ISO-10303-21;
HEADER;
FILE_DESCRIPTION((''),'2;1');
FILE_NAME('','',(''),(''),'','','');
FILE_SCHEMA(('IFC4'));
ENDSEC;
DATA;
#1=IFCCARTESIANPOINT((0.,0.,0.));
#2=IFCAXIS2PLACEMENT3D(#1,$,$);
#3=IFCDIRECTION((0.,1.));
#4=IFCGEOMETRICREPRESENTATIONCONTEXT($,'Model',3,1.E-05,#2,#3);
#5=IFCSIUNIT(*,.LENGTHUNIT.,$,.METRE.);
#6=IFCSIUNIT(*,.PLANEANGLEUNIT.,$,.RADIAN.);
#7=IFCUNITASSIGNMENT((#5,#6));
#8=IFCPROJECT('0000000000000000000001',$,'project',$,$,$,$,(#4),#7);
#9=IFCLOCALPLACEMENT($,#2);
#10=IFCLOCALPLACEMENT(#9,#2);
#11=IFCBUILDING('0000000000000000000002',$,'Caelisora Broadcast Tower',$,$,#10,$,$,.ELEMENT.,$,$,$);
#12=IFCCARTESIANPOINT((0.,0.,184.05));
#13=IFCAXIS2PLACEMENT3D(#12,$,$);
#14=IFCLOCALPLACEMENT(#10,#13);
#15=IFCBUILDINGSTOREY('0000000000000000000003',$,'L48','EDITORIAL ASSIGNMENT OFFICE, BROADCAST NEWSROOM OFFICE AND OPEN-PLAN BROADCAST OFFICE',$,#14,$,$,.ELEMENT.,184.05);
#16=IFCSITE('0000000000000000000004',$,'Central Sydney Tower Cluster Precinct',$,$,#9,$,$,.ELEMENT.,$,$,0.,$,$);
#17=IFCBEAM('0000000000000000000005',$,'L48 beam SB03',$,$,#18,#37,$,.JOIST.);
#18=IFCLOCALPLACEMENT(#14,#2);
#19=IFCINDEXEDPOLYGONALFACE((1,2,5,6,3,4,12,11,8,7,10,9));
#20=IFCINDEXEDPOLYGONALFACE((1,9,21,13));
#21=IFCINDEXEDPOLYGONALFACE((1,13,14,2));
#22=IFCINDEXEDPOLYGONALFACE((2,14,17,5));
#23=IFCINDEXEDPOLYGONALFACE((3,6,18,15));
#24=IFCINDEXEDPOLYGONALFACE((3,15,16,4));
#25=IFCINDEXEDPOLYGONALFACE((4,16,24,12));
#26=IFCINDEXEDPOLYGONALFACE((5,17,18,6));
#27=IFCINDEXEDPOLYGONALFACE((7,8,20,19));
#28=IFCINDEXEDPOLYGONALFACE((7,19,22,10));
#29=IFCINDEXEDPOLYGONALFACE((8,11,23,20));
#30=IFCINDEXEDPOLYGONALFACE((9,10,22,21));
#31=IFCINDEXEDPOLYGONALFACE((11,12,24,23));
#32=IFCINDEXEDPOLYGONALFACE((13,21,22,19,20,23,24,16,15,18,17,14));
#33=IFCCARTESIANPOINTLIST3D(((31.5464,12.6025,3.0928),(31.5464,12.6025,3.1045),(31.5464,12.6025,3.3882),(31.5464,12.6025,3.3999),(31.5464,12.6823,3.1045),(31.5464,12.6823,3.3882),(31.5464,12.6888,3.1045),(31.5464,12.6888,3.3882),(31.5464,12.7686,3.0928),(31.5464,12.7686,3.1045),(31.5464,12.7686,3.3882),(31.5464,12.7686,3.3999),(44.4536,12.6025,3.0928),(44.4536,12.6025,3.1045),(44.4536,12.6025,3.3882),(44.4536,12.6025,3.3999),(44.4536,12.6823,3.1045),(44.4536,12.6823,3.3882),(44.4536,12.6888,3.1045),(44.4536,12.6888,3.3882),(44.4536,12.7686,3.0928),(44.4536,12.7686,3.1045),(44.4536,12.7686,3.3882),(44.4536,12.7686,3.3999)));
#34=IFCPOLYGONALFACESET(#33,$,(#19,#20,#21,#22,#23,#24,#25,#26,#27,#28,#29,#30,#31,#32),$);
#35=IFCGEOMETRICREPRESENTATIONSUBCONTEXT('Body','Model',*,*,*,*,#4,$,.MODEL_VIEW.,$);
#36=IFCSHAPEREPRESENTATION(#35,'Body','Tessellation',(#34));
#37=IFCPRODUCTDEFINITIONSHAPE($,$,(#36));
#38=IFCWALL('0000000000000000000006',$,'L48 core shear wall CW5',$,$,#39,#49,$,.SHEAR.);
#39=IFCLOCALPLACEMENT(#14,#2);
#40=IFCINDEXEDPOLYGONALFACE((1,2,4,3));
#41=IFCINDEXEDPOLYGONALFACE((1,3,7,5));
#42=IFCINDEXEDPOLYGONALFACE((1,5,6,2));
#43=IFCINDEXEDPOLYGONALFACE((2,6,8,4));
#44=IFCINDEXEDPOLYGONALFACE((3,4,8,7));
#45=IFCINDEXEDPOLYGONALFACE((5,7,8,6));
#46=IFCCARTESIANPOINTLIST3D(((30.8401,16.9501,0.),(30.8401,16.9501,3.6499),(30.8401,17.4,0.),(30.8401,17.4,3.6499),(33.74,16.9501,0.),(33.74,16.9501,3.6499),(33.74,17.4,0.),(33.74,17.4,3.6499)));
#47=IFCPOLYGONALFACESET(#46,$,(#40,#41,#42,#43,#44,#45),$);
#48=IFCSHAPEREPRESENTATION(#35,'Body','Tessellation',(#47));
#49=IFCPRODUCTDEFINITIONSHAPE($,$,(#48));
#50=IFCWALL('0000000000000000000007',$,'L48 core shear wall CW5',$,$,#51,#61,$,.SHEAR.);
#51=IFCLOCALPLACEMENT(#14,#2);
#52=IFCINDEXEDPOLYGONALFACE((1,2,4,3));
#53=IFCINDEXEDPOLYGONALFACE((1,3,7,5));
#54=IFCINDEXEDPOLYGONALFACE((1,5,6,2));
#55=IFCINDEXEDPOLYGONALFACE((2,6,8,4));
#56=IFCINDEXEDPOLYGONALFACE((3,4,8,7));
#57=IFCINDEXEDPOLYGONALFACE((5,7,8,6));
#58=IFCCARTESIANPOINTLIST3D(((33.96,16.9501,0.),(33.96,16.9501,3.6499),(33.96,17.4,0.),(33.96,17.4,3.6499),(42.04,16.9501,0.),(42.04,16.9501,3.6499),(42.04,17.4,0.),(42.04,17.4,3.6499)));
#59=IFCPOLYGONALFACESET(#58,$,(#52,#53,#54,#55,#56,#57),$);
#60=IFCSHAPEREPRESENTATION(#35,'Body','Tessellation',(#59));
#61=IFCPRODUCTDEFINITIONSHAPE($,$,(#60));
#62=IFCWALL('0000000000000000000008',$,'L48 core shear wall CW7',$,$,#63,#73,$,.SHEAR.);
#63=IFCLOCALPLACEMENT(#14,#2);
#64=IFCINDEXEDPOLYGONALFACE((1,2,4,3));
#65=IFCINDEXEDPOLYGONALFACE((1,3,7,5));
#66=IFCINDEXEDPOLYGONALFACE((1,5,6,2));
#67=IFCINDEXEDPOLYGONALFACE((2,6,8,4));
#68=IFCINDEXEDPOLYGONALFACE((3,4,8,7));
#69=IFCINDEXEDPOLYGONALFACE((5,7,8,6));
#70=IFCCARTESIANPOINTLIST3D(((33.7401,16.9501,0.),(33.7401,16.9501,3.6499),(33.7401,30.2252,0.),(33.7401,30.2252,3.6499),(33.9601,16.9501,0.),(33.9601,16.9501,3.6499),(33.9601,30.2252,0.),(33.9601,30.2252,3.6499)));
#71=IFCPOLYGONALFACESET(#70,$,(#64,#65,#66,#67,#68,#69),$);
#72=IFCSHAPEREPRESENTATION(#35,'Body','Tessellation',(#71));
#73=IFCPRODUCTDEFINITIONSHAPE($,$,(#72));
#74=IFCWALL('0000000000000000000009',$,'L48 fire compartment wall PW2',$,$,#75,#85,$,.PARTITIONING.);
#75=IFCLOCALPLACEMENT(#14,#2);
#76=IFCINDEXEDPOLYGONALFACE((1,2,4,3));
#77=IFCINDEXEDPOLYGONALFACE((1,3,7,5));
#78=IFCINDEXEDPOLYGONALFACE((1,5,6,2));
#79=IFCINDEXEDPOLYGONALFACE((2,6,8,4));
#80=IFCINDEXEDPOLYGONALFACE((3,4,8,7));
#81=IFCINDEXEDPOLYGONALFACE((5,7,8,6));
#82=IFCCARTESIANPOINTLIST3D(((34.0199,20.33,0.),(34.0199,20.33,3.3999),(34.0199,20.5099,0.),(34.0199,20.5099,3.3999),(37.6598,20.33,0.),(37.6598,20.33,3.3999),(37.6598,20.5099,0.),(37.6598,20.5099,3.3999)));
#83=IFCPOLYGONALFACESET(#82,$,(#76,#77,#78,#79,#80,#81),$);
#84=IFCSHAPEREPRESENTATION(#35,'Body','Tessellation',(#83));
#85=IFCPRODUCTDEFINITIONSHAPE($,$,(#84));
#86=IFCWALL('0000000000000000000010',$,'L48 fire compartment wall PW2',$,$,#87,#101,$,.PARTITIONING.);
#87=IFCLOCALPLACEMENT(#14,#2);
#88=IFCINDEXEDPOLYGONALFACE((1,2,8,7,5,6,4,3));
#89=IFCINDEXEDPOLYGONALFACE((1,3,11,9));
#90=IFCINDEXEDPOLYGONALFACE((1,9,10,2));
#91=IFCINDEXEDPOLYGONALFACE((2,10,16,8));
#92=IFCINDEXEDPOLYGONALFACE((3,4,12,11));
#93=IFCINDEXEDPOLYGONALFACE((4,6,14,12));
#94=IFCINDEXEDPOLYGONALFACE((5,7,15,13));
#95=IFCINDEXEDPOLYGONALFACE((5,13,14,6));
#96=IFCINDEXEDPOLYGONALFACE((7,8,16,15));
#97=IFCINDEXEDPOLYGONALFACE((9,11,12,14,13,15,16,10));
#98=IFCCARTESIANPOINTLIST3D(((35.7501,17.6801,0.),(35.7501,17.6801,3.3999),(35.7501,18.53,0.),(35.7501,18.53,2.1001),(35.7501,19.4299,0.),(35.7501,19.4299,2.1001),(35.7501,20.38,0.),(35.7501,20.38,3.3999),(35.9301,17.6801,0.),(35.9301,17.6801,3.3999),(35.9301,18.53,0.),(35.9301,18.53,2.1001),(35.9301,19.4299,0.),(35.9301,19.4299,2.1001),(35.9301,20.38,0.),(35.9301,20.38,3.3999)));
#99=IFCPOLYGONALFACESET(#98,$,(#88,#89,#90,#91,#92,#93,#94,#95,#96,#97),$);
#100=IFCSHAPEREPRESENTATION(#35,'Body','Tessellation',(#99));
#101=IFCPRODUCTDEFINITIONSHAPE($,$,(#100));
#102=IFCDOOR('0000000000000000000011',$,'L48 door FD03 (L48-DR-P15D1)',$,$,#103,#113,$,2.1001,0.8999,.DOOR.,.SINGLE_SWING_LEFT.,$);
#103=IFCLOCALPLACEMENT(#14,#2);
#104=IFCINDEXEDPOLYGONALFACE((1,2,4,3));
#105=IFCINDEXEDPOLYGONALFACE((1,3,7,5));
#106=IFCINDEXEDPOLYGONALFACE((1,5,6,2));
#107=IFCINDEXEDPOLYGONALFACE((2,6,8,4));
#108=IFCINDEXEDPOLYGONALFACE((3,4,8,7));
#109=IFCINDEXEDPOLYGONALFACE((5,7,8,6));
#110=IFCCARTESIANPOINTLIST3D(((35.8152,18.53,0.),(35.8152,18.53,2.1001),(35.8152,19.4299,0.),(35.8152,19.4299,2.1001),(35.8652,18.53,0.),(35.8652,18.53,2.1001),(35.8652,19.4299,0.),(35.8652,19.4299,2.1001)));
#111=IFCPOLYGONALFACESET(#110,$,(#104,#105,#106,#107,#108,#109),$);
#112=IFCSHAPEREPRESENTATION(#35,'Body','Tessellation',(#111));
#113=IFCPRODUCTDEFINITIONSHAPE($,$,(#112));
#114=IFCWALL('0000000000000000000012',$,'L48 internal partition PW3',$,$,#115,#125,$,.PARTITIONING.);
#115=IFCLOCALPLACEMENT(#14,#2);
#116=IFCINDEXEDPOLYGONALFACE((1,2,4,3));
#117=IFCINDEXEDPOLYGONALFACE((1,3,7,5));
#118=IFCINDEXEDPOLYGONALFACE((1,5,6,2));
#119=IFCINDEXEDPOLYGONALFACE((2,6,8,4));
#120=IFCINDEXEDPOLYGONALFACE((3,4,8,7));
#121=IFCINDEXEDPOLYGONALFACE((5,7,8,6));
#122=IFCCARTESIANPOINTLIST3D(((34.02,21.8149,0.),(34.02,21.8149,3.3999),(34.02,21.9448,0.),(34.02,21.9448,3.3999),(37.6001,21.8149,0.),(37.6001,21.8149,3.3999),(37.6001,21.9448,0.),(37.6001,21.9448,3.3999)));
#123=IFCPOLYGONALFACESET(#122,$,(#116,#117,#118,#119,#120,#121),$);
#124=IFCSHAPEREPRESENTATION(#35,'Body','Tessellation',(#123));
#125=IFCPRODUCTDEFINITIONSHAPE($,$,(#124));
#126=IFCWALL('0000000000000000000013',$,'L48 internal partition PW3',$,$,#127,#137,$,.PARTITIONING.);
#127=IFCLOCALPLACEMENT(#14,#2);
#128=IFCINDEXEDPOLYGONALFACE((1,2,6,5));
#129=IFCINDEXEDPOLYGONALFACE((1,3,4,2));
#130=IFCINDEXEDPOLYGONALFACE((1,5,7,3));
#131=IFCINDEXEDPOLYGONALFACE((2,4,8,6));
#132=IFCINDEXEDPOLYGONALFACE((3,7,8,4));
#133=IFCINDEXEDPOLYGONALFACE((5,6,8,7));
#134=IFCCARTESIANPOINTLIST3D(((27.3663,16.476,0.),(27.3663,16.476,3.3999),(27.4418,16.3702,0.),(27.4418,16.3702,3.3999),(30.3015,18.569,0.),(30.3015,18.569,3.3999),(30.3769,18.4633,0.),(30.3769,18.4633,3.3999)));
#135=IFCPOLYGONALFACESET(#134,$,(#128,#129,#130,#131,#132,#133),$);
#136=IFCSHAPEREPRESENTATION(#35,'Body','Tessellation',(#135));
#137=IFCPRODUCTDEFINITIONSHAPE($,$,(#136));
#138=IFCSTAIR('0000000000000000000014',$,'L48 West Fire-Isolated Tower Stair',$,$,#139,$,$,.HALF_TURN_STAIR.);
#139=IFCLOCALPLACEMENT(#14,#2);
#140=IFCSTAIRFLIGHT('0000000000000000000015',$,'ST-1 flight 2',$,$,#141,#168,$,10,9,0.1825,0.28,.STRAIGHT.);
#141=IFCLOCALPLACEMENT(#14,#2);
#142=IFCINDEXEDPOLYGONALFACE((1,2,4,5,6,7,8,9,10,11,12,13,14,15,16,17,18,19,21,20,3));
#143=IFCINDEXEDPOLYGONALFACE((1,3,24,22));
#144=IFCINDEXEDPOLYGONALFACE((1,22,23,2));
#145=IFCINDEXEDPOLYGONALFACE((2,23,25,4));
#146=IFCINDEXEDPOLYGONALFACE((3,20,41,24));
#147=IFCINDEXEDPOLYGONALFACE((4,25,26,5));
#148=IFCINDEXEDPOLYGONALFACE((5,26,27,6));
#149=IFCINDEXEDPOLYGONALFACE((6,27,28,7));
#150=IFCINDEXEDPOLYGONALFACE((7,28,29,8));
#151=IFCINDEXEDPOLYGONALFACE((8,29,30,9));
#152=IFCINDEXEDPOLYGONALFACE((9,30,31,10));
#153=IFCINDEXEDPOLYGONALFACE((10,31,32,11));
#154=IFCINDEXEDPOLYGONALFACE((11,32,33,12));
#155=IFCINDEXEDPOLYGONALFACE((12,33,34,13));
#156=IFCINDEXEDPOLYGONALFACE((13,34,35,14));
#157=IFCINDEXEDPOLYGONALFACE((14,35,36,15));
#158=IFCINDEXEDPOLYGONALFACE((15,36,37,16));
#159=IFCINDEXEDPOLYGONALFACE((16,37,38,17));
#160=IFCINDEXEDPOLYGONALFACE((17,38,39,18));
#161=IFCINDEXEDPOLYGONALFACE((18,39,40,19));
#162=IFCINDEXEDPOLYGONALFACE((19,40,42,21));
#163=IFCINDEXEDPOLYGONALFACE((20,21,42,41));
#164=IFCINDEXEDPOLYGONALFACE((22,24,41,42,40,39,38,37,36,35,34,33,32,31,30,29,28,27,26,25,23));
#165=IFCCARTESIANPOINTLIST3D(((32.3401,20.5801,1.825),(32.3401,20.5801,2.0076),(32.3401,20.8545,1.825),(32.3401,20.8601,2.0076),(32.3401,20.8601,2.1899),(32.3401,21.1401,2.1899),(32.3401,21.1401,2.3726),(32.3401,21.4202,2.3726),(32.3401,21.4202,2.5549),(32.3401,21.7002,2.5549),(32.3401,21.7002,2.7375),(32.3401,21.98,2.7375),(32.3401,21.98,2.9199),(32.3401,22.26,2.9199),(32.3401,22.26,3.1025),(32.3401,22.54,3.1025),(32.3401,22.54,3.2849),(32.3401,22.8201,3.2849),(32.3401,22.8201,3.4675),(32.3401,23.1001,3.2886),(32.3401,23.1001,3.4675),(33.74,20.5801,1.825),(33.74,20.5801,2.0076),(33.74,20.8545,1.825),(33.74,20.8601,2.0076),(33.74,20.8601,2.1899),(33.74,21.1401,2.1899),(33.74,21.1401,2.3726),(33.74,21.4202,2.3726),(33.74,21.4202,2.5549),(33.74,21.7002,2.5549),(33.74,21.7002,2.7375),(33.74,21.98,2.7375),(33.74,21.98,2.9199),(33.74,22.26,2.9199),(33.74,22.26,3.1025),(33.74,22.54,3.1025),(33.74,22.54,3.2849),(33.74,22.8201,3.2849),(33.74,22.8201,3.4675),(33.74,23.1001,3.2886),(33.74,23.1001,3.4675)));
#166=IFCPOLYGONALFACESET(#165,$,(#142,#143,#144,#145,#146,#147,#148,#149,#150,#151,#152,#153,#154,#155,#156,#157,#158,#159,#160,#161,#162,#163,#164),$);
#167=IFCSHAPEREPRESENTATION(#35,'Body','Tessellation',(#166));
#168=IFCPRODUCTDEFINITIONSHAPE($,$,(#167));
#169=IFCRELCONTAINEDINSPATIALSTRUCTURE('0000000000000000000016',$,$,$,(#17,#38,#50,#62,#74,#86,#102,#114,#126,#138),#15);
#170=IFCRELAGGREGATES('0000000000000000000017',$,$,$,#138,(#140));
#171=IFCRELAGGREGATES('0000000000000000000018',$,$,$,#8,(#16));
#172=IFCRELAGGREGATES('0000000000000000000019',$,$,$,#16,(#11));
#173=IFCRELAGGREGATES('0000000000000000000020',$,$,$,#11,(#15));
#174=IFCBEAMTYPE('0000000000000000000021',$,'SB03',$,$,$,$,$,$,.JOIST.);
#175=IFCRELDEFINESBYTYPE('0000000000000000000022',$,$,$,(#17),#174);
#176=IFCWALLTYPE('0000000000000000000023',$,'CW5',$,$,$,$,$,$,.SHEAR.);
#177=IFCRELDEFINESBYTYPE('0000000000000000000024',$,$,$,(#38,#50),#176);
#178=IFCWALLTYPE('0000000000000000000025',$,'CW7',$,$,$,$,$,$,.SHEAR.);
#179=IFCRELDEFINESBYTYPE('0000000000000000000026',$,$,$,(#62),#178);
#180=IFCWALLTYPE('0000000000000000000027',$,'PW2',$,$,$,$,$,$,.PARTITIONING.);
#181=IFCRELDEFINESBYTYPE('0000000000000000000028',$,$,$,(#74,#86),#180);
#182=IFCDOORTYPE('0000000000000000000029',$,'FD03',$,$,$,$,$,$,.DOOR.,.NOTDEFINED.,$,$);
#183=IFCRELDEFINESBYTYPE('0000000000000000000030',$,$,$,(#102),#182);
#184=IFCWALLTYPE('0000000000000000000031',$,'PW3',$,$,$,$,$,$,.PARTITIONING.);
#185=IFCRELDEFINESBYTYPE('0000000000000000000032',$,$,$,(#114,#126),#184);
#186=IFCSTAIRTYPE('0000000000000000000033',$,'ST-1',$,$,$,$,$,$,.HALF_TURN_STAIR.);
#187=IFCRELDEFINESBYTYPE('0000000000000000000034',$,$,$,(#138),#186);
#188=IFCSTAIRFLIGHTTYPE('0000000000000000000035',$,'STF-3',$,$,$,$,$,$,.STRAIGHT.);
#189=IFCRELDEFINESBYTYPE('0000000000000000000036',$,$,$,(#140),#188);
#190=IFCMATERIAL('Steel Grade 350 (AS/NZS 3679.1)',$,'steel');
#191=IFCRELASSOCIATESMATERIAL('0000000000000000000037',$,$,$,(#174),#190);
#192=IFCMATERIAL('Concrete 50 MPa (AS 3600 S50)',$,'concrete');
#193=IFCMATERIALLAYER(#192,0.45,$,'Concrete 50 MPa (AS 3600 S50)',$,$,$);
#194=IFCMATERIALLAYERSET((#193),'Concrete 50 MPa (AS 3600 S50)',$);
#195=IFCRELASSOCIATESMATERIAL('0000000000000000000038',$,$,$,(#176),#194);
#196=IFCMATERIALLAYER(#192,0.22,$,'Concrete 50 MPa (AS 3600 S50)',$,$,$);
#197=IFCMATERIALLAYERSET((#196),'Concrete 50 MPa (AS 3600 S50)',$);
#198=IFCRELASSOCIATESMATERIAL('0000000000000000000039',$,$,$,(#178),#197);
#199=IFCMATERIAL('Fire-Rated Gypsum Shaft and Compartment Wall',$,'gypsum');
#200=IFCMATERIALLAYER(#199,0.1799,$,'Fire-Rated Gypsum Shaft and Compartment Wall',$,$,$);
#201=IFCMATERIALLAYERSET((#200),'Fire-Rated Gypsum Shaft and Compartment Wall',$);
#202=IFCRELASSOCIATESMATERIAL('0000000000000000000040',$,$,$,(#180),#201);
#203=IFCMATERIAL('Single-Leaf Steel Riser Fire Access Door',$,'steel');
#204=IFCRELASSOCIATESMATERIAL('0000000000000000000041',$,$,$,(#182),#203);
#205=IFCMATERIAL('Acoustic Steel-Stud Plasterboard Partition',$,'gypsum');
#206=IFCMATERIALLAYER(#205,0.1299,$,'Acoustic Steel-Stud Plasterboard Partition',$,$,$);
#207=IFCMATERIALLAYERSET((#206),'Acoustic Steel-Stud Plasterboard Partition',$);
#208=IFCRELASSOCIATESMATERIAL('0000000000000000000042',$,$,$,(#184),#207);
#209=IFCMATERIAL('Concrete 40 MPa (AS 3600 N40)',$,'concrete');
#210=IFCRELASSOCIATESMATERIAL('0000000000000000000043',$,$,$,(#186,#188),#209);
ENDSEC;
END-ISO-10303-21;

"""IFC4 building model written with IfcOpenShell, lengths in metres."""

from ifc_helpers import new_model, si_unit, direction, frame, frame_2d, origin, origin_2d, place, context, subcontext, project, spatial, polyline, rectangle, i_section, outline, extrude, source, transform, mapped, material, layer, layer_set, material_profile, profile_set, type_object, element, fill, aggregate, save


model = new_model("IFC4")

# Units and contexts
model_context = context("Model", 3, precision=1e-05, world=origin(), true_north=direction((0.0, 1.0)))
body_context = subcontext(model_context, "Body", "Model", "MODEL_VIEW")
ifc_project = project(units=[si_unit("LENGTHUNIT", "METRE"), si_unit("PLANEANGLEUNIT", "RADIAN")], contexts=[model_context])

# Site, building, storey
site_placement = place(None, origin())
site = spatial("IfcSite", under=ifc_project, at=site_placement, Name="Central Sydney Tower Cluster Precinct", CompositionType="ELEMENT", RefElevation=0.0)
building_placement = place(site_placement, origin())
building = spatial("IfcBuilding", under=site, at=building_placement, Name="Caelisora Broadcast Tower", CompositionType="ELEMENT")
storey_placement = place(building_placement, frame((0.0, 0.0, 184.05)))
storey = spatial("IfcBuildingStorey", under=building, at=storey_placement, Name="L48", Description="EDITORIAL ASSIGNMENT OFFICE, BROADCAST NEWSROOM OFFICE AND OPEN-PLAN BROADCAST OFFICE", CompositionType="ELEMENT", Elevation=184.05)

# Beam
ifc_material_1 = material(Name="Steel Grade 350 (AS/NZS 3679.1)", Category="steel")
ifc_material_profile_1 = material_profile(ifc_material_1, i_section(OverallWidth=0.166, OverallDepth=0.3071, WebThickness=0.0066, FlangeThickness=0.0117, at=origin_2d()), Name="Steel Grade 350 (AS/NZS 3679.1)")
ifc_profile_set_1 = profile_set([ifc_material_profile_1], Name="Steel Grade 350 (AS/NZS 3679.1)")
beam_type_1 = type_object("IfcBeamType", Name="SB03", PredefinedType="JOIST", material=ifc_profile_set_1)
shared_shape_1 = source(origin(), body_context, "Body", "SweptSolid", [
    extrude(i_section(OverallWidth=0.166, OverallDepth=0.3071, WebThickness=0.0066, FlangeThickness=0.0117, at=origin_2d()), origin(), (0.0, 0.0, 1.0), 12.9072),
])
beam_1_placement = place(storey_placement, frame((31.5464, 12.6855, 3.2463), z_axis=(1.0, 0.0, 0.0), x_axis=(0.0, 1.0, 0.0)))
element("IfcBeam", 1, at=beam_1_placement, inside=storey, type_object=beam_type_1, Name="L48 beam SB03", PredefinedType="JOIST", context=body_context, shape_type="MappedRepresentation", body=[
    mapped(shared_shape_1, transform((0.0, 0.0, 0.0), scale=1.0)),
])

# Shared definitions
ifc_material_2 = material(Name="Concrete 50 MPa (AS 3600 S50)", Category="concrete")

# Walls
ifc_layer_1 = layer(ifc_material_2, 0.45, Name="Concrete 50 MPa (AS 3600 S50)")
ifc_layer_set_1 = layer_set([ifc_layer_1], Name="Concrete 50 MPa (AS 3600 S50)")
wall_type_1 = type_object("IfcWallType", Name="CW5", PredefinedType="SHEAR", material=ifc_layer_set_1)
wall_1_placement = place(storey_placement, frame((30.8401, 17.175, 0.0), z_axis=(0.0, 0.0, 1.0), x_axis=(1.0, 0.0, 0.0)))
element("IfcWall", 2, at=wall_1_placement, inside=storey, type_object=wall_type_1, Name="L48 core shear wall CW5", PredefinedType="SHEAR", context=body_context, shape_type="SweptSolid", body=[
    extrude(rectangle(XDim=2.8999, YDim=0.45, at=frame_2d((1.45, 0.0))), origin(), (0.0, 0.0, 1.0), 3.6499),
])
wall_2_placement = place(storey_placement, frame((33.96, 17.175, 0.0), z_axis=(0.0, 0.0, 1.0), x_axis=(1.0, 0.0, 0.0)))
element("IfcWall", 3, at=wall_2_placement, inside=storey, type_object=wall_type_1, Name="L48 core shear wall CW5", PredefinedType="SHEAR", context=body_context, shape_type="SweptSolid", body=[
    extrude(rectangle(XDim=8.0801, YDim=0.45, at=frame_2d((4.04, 0.0))), origin(), (0.0, 0.0, 1.0), 3.6499),
])
ifc_layer_2 = layer(ifc_material_2, 0.22, Name="Concrete 50 MPa (AS 3600 S50)")
ifc_layer_set_2 = layer_set([ifc_layer_2], Name="Concrete 50 MPa (AS 3600 S50)")
wall_type_2 = type_object("IfcWallType", Name="CW7", PredefinedType="SHEAR", material=ifc_layer_set_2)
wall_3_placement = place(storey_placement, frame((33.8501, 16.95, 0.0), z_axis=(0.0, 0.0, 1.0), x_axis=(0.0, 1.0, 0.0)))
element("IfcWall", 4, at=wall_3_placement, inside=storey, type_object=wall_type_2, Name="L48 core shear wall CW7", PredefinedType="SHEAR", context=body_context, shape_type="SweptSolid", body=[
    extrude(rectangle(XDim=13.2751, YDim=0.22, at=frame_2d((6.6377, 0.0))), origin(), (0.0, 0.0, 1.0), 3.6499),
])
ifc_material_3 = material(Name="Fire-Rated Gypsum Shaft and Compartment Wall", Category="gypsum")
ifc_layer_3 = layer(ifc_material_3, 0.1799, Name="Fire-Rated Gypsum Shaft and Compartment Wall")
ifc_layer_set_3 = layer_set([ifc_layer_3], Name="Fire-Rated Gypsum Shaft and Compartment Wall")
wall_type_3 = type_object("IfcWallType", Name="PW2", PredefinedType="PARTITIONING", material=ifc_layer_set_3)
wall_4_placement = place(storey_placement, frame((34.02, 20.4199, 0.0), z_axis=(0.0, 0.0, 1.0), x_axis=(1.0, 0.0, 0.0)))
element("IfcWall", 5, at=wall_4_placement, inside=storey, type_object=wall_type_3, Name="L48 fire compartment wall PW2", PredefinedType="PARTITIONING", context=body_context, shape_type="SweptSolid", body=[
    extrude(rectangle(XDim=3.6399, YDim=0.1799, at=frame_2d((1.8198, 0.0))), origin(), (0.0, 0.0, 1.0), 3.3999),
])

# Wall, opening, door
wall_5_placement = place(storey_placement, frame((35.8401, 17.6799, 0.0), z_axis=(0.0, 0.0, 1.0), x_axis=(0.0, 1.0, 0.0)))
wall_5 = element("IfcWall", 6, at=wall_5_placement, inside=storey, type_object=wall_type_3, Name="L48 fire compartment wall PW2", PredefinedType="PARTITIONING", context=body_context, shape_type="SweptSolid", body=[
    extrude(rectangle(XDim=2.7, YDim=0.1799, at=frame_2d((1.3501, 0.0))), origin(), (0.0, 0.0, 1.0), 3.3999),
])
opening_1_placement = place(wall_5_placement, frame((0.8501, 0.0, 0.0)))
opening_1 = element("IfcOpeningElement", 7, at=opening_1_placement, cuts=wall_5, PredefinedType="OPENING", context=body_context, shape_type="SweptSolid", body=[
    extrude(rectangle(XDim=0.8999, YDim=2.1001, at=frame_2d((0.45, 1.05))), frame((0.0, 0.1021, 0.0), z_axis=(0.0, -1.0, 0.0), x_axis=(1.0, 0.0, 0.0)), (0.0, 0.0, 1.0), 0.2039),
])
ifc_material_4 = material(Name="Single-Leaf Steel Riser Fire Access Door", Category="steel")
door_type_1 = type_object("IfcDoorType", Name="FD03", OperationType="NOTDEFINED", PredefinedType="DOOR", material=ifc_material_4)
door_1_placement = place(opening_1_placement, origin())
door_1 = element("IfcDoor", 8, at=door_1_placement, inside=storey, type_object=door_type_1, Name="L48 door FD03 (L48-DR-P15D1)", OperationType="SINGLE_SWING_LEFT", OverallHeight=2.1001, OverallWidth=0.8999, PredefinedType="DOOR", context=body_context, shape_type="SweptSolid", body=[
    extrude(rectangle(XDim=0.8999, YDim=2.1001, at=frame_2d((0.45, 1.05))), frame((0.0, 0.0249, 0.0), z_axis=(0.0, -1.0, 0.0), x_axis=(1.0, 0.0, 0.0)), (0.0, 0.0, 1.0), 0.05),
])
fill(opening_1, door_1)

# Walls
ifc_material_5 = material(Name="Acoustic Steel-Stud Plasterboard Partition", Category="gypsum")
ifc_layer_4 = layer(ifc_material_5, 0.1299, Name="Acoustic Steel-Stud Plasterboard Partition")
ifc_layer_set_4 = layer_set([ifc_layer_4], Name="Acoustic Steel-Stud Plasterboard Partition")
wall_type_4 = type_object("IfcWallType", Name="PW3", PredefinedType="PARTITIONING", material=ifc_layer_set_4)
wall_6_placement = place(storey_placement, frame((34.02, 21.8799, 0.0), z_axis=(0.0, 0.0, 1.0), x_axis=(1.0, 0.0, 0.0)))
element("IfcWall", 9, at=wall_6_placement, inside=storey, type_object=wall_type_4, Name="L48 internal partition PW3", PredefinedType="PARTITIONING", context=body_context, shape_type="SweptSolid", body=[
    extrude(rectangle(XDim=3.5801, YDim=0.1299, at=frame_2d((1.79, 0.0))), origin(), (0.0, 0.0, 1.0), 3.3999),
])
wall_7_placement = place(storey_placement, frame((27.4041, 16.4231, 0.0), z_axis=(0.0, 0.0, 1.0), x_axis=(0.814186, 0.580604, 0.0)))
element("IfcWall", 10, at=wall_7_placement, inside=storey, type_object=wall_type_4, Name="L48 internal partition PW3", PredefinedType="PARTITIONING", context=body_context, shape_type="SweptSolid", body=[
    extrude(rectangle(XDim=3.605, YDim=0.1299, at=frame_2d((1.8025, 0.0))), origin(), (0.0, 0.0, 1.0), 3.3999),
])

# Stair, stair flight
ifc_material_6 = material(Name="Concrete 40 MPa (AS 3600 N40)", Category="concrete")
stair_type = type_object("IfcStairType", Name="ST-1", PredefinedType="HALF_TURN_STAIR", material=ifc_material_6)
stair_placement = place(storey_placement, origin())
stair = element("IfcStair", 11, at=stair_placement, inside=storey, type_object=stair_type, Name="L48 West Fire-Isolated Tower Stair", PredefinedType="HALF_TURN_STAIR")
stair_flight_type = type_object("IfcStairFlightType", Name="STF-3", PredefinedType="STRAIGHT", material=ifc_material_6)
stair_flight_placement = place(storey_placement, frame((33.04, 20.5801, 1.825), z_axis=(0.0, 0.0, 1.0), x_axis=(0.0, 1.0, 0.0)))
stair_flight = element("IfcStairFlight", 12, at=stair_flight_placement, type_object=stair_flight_type, Name="ST-1 flight 2", NumberOfRisers=10, NumberOfTreads=9, PredefinedType="STRAIGHT", RiserHeight=0.1825, TreadLength=0.28, context=body_context, shape_type="SweptSolid", body=[
    extrude(outline(polyline([(0.0, 0.0), (0.0, 0.1826), (0.28, 0.1826), (0.28, 0.365), (0.5601, 0.365), (0.5601, 0.5476), (0.8401, 0.5476), (0.8401, 0.73), (1.1201, 0.73), (1.1201, 0.9126), (1.3999, 0.9126), (1.3999, 1.095), (1.6799, 1.095), (1.6799, 1.2776), (1.96, 1.2776), (1.96, 1.46), (2.24, 1.46), (2.24, 1.6426), (2.52, 1.6426), (2.52, 1.825), (2.52, 1.4636), (0.2744, 0.0), (0.0, 0.0)])), frame((0.0, 0.7, 0.0), z_axis=(0.0, -1.0, 0.0), x_axis=(1.0, 0.0, 0.0)), (0.0, 0.0, 1.0), 1.3999),
])
aggregate(stair, [stair_flight])

save(model, "model.ifc")
